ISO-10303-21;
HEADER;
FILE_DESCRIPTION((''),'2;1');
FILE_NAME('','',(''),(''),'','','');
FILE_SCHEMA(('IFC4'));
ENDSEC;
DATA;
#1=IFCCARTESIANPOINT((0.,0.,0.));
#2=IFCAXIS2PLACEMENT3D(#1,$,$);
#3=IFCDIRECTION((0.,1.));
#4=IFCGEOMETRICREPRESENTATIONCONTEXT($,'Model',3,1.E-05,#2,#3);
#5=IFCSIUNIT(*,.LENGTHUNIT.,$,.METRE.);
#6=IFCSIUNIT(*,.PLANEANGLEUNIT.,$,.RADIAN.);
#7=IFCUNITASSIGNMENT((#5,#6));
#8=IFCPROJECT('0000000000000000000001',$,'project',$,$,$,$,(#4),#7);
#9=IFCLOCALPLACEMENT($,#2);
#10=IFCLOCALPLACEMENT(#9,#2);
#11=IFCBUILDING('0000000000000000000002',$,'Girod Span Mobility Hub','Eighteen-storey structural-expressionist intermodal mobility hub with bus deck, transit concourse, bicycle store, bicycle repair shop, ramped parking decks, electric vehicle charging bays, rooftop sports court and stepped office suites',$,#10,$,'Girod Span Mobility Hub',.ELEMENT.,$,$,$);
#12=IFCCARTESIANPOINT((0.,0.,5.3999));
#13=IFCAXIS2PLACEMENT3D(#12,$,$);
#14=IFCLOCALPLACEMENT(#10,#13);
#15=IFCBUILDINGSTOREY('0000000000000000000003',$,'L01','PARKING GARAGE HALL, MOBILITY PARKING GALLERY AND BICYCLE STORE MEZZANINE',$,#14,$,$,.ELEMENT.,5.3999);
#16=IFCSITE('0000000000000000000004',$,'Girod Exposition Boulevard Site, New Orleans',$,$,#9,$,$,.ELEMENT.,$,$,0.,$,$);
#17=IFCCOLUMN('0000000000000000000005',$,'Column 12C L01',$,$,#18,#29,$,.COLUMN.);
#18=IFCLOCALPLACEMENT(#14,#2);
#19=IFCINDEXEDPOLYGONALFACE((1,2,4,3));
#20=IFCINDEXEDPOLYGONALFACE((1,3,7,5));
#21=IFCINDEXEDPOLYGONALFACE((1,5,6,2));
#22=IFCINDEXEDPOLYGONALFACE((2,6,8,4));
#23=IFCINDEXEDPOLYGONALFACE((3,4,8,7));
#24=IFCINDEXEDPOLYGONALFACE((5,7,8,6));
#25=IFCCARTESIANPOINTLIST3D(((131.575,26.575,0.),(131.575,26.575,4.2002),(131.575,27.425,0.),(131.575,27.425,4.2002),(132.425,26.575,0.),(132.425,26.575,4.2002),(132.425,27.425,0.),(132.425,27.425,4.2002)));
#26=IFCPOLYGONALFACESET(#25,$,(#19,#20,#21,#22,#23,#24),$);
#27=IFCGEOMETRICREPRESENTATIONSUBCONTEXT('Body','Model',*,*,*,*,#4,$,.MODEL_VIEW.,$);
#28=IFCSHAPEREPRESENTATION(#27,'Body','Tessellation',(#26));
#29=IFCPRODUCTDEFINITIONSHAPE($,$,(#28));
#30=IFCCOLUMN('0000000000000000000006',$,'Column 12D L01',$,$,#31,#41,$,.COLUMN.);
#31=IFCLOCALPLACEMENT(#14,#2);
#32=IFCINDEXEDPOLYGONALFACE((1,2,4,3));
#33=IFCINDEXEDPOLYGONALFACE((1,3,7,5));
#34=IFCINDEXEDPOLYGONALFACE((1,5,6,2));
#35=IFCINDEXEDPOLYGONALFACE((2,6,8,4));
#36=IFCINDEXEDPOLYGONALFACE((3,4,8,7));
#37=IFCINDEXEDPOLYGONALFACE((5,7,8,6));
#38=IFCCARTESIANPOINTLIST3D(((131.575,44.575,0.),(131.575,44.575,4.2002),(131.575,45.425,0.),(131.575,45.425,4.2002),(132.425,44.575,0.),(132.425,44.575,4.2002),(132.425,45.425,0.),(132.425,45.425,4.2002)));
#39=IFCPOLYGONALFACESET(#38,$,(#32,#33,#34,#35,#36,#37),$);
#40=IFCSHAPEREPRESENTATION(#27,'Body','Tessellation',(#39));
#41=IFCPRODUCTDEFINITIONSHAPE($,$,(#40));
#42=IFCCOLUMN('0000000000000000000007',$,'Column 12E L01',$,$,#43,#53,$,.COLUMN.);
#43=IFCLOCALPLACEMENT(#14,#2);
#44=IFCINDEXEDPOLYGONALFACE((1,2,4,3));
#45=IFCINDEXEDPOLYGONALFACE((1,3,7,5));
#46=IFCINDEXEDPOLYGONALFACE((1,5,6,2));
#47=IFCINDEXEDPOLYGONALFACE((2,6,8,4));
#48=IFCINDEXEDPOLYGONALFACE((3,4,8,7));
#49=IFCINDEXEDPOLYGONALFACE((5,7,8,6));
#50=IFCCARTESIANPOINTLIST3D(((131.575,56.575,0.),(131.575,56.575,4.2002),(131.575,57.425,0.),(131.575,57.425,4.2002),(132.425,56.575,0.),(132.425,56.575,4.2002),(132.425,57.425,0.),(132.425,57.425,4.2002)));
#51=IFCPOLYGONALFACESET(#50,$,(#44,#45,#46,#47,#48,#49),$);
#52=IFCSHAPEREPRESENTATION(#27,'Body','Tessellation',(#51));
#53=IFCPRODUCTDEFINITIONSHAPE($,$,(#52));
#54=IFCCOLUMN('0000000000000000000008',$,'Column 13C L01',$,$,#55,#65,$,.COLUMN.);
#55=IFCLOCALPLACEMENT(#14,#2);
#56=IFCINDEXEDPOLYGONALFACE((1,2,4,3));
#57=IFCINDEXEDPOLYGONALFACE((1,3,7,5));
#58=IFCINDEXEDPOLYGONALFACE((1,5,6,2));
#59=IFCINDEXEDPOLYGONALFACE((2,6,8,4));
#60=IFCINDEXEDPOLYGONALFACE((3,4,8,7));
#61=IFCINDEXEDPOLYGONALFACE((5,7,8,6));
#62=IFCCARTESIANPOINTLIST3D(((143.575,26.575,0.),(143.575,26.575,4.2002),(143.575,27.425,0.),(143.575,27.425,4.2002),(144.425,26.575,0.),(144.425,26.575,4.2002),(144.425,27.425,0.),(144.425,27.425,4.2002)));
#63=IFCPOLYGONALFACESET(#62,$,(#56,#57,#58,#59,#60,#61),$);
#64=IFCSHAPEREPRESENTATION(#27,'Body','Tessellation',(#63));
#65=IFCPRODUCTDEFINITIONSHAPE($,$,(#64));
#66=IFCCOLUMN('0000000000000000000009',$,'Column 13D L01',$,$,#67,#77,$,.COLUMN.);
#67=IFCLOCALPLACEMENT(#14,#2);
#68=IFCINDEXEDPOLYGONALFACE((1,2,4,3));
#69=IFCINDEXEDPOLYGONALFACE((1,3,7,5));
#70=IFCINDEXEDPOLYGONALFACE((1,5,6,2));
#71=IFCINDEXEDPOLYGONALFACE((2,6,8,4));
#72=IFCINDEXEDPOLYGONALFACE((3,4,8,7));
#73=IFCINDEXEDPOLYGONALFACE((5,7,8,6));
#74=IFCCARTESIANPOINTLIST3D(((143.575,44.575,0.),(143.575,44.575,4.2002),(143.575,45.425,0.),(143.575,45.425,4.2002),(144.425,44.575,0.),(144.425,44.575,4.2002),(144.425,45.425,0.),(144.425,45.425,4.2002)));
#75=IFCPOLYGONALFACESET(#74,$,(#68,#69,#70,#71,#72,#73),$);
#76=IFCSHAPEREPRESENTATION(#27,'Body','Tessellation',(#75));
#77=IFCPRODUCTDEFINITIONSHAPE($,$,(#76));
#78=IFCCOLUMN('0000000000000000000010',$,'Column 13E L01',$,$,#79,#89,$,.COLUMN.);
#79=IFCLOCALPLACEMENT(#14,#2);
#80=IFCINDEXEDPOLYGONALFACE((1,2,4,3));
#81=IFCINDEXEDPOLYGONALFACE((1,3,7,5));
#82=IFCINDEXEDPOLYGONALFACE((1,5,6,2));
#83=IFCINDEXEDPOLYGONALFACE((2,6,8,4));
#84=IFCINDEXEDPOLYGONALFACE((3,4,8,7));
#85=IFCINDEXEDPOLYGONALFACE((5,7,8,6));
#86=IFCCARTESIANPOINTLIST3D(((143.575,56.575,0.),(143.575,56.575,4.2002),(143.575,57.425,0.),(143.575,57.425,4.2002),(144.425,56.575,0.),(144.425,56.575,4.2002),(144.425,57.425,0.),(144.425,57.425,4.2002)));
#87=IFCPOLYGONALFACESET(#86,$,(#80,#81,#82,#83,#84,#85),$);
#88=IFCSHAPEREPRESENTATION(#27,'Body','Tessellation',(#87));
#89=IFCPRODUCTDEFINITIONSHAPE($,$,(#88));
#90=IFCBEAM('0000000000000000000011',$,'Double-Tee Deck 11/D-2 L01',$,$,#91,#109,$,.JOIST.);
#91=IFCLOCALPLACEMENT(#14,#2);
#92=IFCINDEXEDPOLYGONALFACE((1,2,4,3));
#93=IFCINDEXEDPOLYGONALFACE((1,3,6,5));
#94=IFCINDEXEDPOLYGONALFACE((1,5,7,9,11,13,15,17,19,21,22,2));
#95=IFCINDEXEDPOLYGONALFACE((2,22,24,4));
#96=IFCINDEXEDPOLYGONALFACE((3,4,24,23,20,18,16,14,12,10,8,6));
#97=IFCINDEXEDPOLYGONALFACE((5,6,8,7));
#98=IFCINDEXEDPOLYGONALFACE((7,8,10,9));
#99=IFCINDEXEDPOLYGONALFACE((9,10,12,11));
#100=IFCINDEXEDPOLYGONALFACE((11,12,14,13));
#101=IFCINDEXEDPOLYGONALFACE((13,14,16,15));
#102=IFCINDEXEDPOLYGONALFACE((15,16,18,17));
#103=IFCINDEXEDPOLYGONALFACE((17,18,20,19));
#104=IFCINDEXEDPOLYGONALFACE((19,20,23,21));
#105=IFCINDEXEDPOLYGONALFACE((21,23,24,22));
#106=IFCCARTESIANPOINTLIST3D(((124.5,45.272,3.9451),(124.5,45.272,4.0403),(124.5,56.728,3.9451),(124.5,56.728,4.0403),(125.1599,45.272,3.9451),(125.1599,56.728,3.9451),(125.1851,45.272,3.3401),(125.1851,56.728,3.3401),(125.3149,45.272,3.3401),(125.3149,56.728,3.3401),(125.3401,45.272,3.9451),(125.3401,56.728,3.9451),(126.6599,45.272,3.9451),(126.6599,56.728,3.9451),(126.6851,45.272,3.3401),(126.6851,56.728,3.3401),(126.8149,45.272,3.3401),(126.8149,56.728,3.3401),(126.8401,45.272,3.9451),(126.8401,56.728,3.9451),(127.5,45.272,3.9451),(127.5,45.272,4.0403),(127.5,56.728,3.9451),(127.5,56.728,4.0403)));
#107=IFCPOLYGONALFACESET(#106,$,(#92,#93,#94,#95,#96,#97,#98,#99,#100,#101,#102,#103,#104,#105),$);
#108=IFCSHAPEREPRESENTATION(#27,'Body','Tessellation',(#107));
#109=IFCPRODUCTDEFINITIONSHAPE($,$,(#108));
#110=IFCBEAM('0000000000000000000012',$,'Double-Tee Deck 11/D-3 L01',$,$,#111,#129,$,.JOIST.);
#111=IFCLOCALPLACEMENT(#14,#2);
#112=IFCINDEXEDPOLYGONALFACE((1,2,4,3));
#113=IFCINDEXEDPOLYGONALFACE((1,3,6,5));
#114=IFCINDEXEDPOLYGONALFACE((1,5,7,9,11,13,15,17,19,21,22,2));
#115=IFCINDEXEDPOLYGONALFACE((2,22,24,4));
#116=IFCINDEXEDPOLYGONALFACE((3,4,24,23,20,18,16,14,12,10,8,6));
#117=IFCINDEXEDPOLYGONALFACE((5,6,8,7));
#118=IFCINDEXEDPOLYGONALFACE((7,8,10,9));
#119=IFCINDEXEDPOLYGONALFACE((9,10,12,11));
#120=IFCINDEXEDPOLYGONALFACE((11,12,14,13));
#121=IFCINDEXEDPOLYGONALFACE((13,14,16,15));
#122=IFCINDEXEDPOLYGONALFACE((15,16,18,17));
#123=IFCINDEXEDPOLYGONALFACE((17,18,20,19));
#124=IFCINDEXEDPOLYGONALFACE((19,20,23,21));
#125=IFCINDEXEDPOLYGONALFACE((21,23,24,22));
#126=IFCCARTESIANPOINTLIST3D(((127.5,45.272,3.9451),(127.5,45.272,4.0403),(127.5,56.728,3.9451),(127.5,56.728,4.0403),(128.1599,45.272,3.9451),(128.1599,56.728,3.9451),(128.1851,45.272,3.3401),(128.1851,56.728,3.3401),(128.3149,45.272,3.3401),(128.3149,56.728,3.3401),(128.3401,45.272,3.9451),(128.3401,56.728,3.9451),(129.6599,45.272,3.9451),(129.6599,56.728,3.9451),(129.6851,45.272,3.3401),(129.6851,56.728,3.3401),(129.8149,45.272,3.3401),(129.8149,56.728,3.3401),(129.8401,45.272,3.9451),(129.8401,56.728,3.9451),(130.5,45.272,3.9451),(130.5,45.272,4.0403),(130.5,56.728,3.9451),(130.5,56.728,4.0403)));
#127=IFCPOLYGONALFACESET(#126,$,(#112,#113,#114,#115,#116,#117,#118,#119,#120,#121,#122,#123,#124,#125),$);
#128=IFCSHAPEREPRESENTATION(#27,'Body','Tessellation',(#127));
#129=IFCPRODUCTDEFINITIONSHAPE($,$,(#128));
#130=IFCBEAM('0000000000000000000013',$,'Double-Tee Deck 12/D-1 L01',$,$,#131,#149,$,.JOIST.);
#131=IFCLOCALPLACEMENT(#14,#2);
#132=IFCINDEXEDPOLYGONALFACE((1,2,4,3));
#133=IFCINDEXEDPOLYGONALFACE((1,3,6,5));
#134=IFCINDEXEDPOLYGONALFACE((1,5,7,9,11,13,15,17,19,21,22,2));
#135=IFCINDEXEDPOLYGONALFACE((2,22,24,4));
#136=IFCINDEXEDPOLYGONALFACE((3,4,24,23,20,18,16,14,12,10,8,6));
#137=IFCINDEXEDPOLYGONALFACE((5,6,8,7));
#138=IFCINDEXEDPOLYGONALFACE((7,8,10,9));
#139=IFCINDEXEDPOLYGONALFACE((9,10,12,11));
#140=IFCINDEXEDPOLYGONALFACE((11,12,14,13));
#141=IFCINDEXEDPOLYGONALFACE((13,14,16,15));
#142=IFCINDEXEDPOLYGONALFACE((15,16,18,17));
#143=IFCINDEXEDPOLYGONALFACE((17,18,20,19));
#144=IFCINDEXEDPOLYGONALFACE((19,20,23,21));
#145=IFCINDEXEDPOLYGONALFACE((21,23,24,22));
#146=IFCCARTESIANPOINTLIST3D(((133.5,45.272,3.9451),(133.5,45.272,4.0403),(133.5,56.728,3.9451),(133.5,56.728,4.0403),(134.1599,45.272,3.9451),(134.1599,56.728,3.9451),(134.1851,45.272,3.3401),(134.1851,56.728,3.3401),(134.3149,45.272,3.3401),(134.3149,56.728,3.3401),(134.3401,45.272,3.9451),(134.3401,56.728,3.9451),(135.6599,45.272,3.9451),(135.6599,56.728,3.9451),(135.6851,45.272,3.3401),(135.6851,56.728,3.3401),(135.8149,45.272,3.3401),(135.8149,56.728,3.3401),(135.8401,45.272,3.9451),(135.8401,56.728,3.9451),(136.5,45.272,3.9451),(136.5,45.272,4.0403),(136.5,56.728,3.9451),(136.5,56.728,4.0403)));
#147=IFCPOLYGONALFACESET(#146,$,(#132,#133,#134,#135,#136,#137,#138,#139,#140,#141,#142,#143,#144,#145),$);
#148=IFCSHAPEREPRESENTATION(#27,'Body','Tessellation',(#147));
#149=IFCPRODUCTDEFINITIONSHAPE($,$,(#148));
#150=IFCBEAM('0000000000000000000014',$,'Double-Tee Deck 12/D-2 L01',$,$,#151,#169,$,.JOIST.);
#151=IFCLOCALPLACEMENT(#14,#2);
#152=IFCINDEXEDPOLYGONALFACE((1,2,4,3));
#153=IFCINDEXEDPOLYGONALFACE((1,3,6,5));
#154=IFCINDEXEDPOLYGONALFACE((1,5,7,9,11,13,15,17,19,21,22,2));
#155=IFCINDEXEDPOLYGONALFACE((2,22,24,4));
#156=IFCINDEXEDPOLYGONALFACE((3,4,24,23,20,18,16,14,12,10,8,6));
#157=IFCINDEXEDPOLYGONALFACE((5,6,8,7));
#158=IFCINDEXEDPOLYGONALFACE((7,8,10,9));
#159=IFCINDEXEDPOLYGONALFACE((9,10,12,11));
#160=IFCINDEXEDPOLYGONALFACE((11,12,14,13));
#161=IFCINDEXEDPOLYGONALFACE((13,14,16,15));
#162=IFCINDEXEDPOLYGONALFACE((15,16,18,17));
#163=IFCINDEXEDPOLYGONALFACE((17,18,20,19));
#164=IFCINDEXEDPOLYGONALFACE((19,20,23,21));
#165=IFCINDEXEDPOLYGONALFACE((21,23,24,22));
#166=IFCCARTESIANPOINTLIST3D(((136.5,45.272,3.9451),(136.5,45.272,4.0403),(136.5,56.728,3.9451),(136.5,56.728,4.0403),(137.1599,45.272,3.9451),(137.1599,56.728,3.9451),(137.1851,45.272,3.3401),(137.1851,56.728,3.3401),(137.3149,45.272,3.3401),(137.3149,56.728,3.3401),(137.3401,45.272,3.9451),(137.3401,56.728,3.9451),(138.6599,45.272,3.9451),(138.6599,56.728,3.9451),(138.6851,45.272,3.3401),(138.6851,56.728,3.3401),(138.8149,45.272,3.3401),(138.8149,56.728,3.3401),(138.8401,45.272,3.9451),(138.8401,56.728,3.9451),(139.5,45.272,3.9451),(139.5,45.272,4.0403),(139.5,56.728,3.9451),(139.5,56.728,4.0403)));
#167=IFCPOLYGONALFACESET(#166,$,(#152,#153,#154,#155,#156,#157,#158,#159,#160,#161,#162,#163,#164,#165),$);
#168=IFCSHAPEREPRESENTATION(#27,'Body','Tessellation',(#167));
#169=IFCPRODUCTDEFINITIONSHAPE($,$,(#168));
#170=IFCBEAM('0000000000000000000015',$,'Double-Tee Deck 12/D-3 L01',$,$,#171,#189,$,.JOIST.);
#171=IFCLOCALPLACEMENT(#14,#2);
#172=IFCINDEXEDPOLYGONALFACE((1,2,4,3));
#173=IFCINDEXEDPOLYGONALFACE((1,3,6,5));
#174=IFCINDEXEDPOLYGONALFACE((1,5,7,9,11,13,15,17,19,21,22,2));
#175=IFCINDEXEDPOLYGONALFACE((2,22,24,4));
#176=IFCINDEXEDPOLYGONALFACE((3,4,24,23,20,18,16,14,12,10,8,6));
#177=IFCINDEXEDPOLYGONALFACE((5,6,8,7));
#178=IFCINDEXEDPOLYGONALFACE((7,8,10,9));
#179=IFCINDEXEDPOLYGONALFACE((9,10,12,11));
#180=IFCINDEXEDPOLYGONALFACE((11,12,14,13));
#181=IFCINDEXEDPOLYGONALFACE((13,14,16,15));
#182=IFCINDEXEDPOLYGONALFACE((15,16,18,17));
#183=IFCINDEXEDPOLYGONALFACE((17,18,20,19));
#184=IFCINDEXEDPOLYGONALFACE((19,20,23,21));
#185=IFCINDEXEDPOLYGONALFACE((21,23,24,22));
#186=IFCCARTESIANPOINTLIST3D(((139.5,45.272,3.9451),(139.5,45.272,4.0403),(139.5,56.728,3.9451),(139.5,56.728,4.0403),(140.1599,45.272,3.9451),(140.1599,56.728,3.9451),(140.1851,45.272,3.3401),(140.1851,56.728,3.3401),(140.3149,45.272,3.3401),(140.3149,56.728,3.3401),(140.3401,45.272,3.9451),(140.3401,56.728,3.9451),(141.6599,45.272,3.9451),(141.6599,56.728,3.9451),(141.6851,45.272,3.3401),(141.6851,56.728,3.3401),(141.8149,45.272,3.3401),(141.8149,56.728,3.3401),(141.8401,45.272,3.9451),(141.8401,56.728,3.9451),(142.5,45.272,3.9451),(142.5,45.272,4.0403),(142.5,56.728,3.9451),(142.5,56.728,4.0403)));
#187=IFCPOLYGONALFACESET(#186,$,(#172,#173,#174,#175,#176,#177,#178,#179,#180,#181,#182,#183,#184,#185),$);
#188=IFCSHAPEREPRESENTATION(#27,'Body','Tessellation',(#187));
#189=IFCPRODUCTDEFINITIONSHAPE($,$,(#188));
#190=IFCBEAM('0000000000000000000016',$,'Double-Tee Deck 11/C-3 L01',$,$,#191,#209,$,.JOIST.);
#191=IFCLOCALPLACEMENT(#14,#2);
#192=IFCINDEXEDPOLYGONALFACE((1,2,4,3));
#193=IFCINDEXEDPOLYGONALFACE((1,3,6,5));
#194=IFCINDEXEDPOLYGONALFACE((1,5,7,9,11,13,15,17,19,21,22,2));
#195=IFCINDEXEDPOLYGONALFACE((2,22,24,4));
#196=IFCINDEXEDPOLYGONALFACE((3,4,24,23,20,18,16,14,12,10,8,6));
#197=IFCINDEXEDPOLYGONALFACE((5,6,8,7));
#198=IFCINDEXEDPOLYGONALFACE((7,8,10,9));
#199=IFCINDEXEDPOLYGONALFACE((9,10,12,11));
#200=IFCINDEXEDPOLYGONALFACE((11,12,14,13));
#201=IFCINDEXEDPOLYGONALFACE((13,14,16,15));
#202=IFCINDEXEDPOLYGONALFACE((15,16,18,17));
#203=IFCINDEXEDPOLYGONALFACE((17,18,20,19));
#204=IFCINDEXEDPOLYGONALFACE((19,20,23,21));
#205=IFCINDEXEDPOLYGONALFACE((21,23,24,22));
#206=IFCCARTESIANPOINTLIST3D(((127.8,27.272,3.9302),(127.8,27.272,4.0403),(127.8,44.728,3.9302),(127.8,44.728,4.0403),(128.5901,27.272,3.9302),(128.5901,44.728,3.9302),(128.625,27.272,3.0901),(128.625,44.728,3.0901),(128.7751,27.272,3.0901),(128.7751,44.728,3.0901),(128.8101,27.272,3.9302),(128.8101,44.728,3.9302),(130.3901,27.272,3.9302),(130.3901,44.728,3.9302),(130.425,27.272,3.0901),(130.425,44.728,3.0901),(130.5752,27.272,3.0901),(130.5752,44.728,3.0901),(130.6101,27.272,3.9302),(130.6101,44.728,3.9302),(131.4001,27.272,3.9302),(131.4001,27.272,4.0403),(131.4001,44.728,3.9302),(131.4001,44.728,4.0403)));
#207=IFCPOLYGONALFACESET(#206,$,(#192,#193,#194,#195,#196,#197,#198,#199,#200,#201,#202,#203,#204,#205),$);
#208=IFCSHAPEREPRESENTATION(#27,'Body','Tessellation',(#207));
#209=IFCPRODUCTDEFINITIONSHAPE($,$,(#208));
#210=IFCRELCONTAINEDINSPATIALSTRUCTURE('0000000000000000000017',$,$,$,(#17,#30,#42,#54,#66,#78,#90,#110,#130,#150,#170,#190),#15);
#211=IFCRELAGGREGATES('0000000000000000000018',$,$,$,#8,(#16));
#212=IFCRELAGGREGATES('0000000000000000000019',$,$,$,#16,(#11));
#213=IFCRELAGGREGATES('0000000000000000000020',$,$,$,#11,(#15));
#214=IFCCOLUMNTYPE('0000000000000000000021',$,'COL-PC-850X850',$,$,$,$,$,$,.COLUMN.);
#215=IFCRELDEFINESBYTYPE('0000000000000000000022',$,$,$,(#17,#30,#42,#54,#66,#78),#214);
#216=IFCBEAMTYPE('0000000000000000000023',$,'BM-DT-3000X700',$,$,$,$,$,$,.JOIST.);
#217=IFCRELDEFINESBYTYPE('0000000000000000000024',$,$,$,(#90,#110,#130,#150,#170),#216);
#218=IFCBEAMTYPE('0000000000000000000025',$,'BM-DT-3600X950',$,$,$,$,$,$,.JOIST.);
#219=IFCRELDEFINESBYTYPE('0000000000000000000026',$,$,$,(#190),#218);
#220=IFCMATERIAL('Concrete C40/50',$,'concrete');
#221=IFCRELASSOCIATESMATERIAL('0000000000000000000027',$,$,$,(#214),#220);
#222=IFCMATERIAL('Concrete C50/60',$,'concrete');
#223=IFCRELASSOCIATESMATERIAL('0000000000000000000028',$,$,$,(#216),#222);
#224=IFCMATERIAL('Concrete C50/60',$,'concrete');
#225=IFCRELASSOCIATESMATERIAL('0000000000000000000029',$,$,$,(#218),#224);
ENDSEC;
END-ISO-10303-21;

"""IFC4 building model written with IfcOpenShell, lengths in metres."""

from ifc_helpers import new_model, si_unit, direction, frame, origin, origin_2d, place, context, subcontext, project, spatial, polyline, rectangle, outline, extrude, material, material_profile, profile_set, type_object, element, save


model = new_model("IFC4")

# Units and contexts
model_context = context("Model", 3, precision=1e-05, world=origin(), true_north=direction((0.0, 1.0)))
body_context = subcontext(model_context, "Body", "Model", "MODEL_VIEW")
ifc_project = project(units=[si_unit("LENGTHUNIT", "METRE"), si_unit("PLANEANGLEUNIT", "RADIAN")], contexts=[model_context])

# Site, building, storey
site_placement = place(None, origin())
site = spatial("IfcSite", under=ifc_project, at=site_placement, Name="Girod Exposition Boulevard Site, New Orleans", CompositionType="ELEMENT", RefElevation=0.0)
building_placement = place(site_placement, origin())
building = spatial("IfcBuilding", under=site, at=building_placement, Name="Girod Span Mobility Hub", Description="Eighteen-storey structural-expressionist intermodal mobility hub with bus deck, transit concourse, bicycle store, bicycle repair shop, ramped parking decks, electric vehicle charging bays, rooftop sports court and stepped office suites", LongName="Girod Span Mobility Hub", CompositionType="ELEMENT")
storey_placement = place(building_placement, frame((0.0, 0.0, 5.3999)))
storey = spatial("IfcBuildingStorey", under=building, at=storey_placement, Name="L01", Description="PARKING GARAGE HALL, MOBILITY PARKING GALLERY AND BICYCLE STORE MEZZANINE", CompositionType="ELEMENT", Elevation=5.3999)

# Columns
ifc_material_1 = material(Name="Concrete C40/50", Category="concrete")
ifc_material_profile_1 = material_profile(ifc_material_1, rectangle(XDim=0.8501, YDim=0.8501, at=origin_2d()), Name="PC-COL-850X850")
ifc_profile_set_1 = profile_set([ifc_material_profile_1], Name="Concrete C40/50")
column_type = type_object("IfcColumnType", Name="COL-PC-850X850", PredefinedType="COLUMN", material=ifc_profile_set_1)
for number, where, z_axis, x_axis, name in (
    (1, (132.0, 27.0, 0.0), (0.0, 0.0, 1.0), (1.0, 0.0, 0.0), "Column 12C L01"),
    (2, (132.0, 45.0, 0.0), (0.0, 0.0, 1.0), (1.0, 0.0, 0.0), "Column 12D L01"),
    (3, (132.0, 57.0, 0.0), (0.0, 0.0, 1.0), (1.0, 0.0, 0.0), "Column 12E L01"),
    (4, (144.0, 27.0, 0.0), (0.0, 0.0, 1.0), (1.0, 0.0, 0.0), "Column 13C L01"),
    (5, (144.0, 45.0, 0.0), (0.0, 0.0, 1.0), (1.0, 0.0, 0.0), "Column 13D L01"),
    (6, (144.0, 57.0, 0.0), (0.0, 0.0, 1.0), (1.0, 0.0, 0.0), "Column 13E L01"),
):
    element("IfcColumn", number, at=place(storey_placement, frame(where, z_axis=z_axis, x_axis=x_axis)), inside=storey, type_object=column_type, Name=name, PredefinedType="COLUMN", context=body_context, shape_type="SweptSolid", body=[
        extrude(rectangle(XDim=0.8501, YDim=0.8501, at=origin_2d()), origin(), (0.0, 0.0, 1.0), 4.2002),
    ])

# Beams
ifc_material_2 = material(Name="Concrete C50/60", Category="concrete")
ifc_material_profile_2 = material_profile(ifc_material_2, outline(polyline([(-1.5, 0.3501), (-1.5, 0.2549), (-0.8401, 0.2549), (-0.8149, -0.3501), (-0.6851, -0.3501), (-0.6599, 0.2549), (0.6599, 0.2549), (0.6851, -0.3501), (0.8149, -0.3501), (0.8401, 0.2549), (1.5, 0.2549), (1.5, 0.3501), (-1.5, 0.3501)])), Name="DT-3000X700")
ifc_profile_set_2 = profile_set([ifc_material_profile_2], Name="Concrete C50/60")
beam_type_1 = type_object("IfcBeamType", Name="BM-DT-3000X700", PredefinedType="JOIST", material=ifc_profile_set_2)
for number, where, z_axis, x_axis, name in (
    (7, (126.0, 45.272, 3.6902), (0.0, 1.0, 0.0), (-1.0, 0.0, 0.0), "Double-Tee Deck 11/D-2 L01"),
    (8, (129.0, 45.272, 3.6902), (0.0, 1.0, 0.0), (-1.0, 0.0, 0.0), "Double-Tee Deck 11/D-3 L01"),
    (9, (135.0, 45.272, 3.6902), (0.0, 1.0, 0.0), (-1.0, 0.0, 0.0), "Double-Tee Deck 12/D-1 L01"),
    (10, (138.0, 45.272, 3.6902), (0.0, 1.0, 0.0), (-1.0, 0.0, 0.0), "Double-Tee Deck 12/D-2 L01"),
    (11, (141.0, 45.272, 3.6902), (0.0, 1.0, 0.0), (-1.0, 0.0, 0.0), "Double-Tee Deck 12/D-3 L01"),
):
    element("IfcBeam", number, at=place(storey_placement, frame(where, z_axis=z_axis, x_axis=x_axis)), inside=storey, type_object=beam_type_1, Name=name, PredefinedType="JOIST", context=body_context, shape_type="SweptSolid", body=[
        extrude(outline(polyline([(-1.5, 0.3501), (-1.5, 0.2549), (-0.8401, 0.2549), (-0.8149, -0.3501), (-0.6851, -0.3501), (-0.6599, 0.2549), (0.6599, 0.2549), (0.6851, -0.3501), (0.8149, -0.3501), (0.8401, 0.2549), (1.5, 0.2549), (1.5, 0.3501), (-1.5, 0.3501)])), origin(), (0.0, 0.0, 1.0), 11.4561),
    ])
ifc_material_3 = material(Name="Concrete C50/60", Category="concrete")
ifc_material_profile_3 = material_profile(ifc_material_3, outline(polyline([(-1.8, 0.4751), (-1.8, 0.365), (-1.01, 0.365), (-0.9751, -0.4751), (-0.825, -0.4751), (-0.79, 0.365), (0.79, 0.365), (0.825, -0.4751), (0.9751, -0.4751), (1.01, 0.365), (1.8, 0.365), (1.8, 0.4751), (-1.8, 0.4751)])), Name="DT-3600X950")
ifc_profile_set_3 = profile_set([ifc_material_profile_3], Name="Concrete C50/60")
beam_type_2 = type_object("IfcBeamType", Name="BM-DT-3600X950", PredefinedType="JOIST", material=ifc_profile_set_3)
for number, where, z_axis, x_axis, name in (
    (12, (129.6001, 27.272, 3.5652), (0.0, 1.0, 0.0), (-1.0, 0.0, 0.0), "Double-Tee Deck 11/C-3 L01"),
):
    element("IfcBeam", number, at=place(storey_placement, frame(where, z_axis=z_axis, x_axis=x_axis)), inside=storey, type_object=beam_type_2, Name=name, PredefinedType="JOIST", context=body_context, shape_type="SweptSolid", body=[
        extrude(outline(polyline([(-1.8, 0.4751), (-1.8, 0.365), (-1.01, 0.365), (-0.9751, -0.4751), (-0.825, -0.4751), (-0.79, 0.365), (0.79, 0.365), (0.825, -0.4751), (0.9751, -0.4751), (1.01, 0.365), (1.8, 0.365), (1.8, 0.4751), (-1.8, 0.4751)])), origin(), (0.0, 0.0, 1.0), 17.4561),
    ])

save(model, "model.ifc")
